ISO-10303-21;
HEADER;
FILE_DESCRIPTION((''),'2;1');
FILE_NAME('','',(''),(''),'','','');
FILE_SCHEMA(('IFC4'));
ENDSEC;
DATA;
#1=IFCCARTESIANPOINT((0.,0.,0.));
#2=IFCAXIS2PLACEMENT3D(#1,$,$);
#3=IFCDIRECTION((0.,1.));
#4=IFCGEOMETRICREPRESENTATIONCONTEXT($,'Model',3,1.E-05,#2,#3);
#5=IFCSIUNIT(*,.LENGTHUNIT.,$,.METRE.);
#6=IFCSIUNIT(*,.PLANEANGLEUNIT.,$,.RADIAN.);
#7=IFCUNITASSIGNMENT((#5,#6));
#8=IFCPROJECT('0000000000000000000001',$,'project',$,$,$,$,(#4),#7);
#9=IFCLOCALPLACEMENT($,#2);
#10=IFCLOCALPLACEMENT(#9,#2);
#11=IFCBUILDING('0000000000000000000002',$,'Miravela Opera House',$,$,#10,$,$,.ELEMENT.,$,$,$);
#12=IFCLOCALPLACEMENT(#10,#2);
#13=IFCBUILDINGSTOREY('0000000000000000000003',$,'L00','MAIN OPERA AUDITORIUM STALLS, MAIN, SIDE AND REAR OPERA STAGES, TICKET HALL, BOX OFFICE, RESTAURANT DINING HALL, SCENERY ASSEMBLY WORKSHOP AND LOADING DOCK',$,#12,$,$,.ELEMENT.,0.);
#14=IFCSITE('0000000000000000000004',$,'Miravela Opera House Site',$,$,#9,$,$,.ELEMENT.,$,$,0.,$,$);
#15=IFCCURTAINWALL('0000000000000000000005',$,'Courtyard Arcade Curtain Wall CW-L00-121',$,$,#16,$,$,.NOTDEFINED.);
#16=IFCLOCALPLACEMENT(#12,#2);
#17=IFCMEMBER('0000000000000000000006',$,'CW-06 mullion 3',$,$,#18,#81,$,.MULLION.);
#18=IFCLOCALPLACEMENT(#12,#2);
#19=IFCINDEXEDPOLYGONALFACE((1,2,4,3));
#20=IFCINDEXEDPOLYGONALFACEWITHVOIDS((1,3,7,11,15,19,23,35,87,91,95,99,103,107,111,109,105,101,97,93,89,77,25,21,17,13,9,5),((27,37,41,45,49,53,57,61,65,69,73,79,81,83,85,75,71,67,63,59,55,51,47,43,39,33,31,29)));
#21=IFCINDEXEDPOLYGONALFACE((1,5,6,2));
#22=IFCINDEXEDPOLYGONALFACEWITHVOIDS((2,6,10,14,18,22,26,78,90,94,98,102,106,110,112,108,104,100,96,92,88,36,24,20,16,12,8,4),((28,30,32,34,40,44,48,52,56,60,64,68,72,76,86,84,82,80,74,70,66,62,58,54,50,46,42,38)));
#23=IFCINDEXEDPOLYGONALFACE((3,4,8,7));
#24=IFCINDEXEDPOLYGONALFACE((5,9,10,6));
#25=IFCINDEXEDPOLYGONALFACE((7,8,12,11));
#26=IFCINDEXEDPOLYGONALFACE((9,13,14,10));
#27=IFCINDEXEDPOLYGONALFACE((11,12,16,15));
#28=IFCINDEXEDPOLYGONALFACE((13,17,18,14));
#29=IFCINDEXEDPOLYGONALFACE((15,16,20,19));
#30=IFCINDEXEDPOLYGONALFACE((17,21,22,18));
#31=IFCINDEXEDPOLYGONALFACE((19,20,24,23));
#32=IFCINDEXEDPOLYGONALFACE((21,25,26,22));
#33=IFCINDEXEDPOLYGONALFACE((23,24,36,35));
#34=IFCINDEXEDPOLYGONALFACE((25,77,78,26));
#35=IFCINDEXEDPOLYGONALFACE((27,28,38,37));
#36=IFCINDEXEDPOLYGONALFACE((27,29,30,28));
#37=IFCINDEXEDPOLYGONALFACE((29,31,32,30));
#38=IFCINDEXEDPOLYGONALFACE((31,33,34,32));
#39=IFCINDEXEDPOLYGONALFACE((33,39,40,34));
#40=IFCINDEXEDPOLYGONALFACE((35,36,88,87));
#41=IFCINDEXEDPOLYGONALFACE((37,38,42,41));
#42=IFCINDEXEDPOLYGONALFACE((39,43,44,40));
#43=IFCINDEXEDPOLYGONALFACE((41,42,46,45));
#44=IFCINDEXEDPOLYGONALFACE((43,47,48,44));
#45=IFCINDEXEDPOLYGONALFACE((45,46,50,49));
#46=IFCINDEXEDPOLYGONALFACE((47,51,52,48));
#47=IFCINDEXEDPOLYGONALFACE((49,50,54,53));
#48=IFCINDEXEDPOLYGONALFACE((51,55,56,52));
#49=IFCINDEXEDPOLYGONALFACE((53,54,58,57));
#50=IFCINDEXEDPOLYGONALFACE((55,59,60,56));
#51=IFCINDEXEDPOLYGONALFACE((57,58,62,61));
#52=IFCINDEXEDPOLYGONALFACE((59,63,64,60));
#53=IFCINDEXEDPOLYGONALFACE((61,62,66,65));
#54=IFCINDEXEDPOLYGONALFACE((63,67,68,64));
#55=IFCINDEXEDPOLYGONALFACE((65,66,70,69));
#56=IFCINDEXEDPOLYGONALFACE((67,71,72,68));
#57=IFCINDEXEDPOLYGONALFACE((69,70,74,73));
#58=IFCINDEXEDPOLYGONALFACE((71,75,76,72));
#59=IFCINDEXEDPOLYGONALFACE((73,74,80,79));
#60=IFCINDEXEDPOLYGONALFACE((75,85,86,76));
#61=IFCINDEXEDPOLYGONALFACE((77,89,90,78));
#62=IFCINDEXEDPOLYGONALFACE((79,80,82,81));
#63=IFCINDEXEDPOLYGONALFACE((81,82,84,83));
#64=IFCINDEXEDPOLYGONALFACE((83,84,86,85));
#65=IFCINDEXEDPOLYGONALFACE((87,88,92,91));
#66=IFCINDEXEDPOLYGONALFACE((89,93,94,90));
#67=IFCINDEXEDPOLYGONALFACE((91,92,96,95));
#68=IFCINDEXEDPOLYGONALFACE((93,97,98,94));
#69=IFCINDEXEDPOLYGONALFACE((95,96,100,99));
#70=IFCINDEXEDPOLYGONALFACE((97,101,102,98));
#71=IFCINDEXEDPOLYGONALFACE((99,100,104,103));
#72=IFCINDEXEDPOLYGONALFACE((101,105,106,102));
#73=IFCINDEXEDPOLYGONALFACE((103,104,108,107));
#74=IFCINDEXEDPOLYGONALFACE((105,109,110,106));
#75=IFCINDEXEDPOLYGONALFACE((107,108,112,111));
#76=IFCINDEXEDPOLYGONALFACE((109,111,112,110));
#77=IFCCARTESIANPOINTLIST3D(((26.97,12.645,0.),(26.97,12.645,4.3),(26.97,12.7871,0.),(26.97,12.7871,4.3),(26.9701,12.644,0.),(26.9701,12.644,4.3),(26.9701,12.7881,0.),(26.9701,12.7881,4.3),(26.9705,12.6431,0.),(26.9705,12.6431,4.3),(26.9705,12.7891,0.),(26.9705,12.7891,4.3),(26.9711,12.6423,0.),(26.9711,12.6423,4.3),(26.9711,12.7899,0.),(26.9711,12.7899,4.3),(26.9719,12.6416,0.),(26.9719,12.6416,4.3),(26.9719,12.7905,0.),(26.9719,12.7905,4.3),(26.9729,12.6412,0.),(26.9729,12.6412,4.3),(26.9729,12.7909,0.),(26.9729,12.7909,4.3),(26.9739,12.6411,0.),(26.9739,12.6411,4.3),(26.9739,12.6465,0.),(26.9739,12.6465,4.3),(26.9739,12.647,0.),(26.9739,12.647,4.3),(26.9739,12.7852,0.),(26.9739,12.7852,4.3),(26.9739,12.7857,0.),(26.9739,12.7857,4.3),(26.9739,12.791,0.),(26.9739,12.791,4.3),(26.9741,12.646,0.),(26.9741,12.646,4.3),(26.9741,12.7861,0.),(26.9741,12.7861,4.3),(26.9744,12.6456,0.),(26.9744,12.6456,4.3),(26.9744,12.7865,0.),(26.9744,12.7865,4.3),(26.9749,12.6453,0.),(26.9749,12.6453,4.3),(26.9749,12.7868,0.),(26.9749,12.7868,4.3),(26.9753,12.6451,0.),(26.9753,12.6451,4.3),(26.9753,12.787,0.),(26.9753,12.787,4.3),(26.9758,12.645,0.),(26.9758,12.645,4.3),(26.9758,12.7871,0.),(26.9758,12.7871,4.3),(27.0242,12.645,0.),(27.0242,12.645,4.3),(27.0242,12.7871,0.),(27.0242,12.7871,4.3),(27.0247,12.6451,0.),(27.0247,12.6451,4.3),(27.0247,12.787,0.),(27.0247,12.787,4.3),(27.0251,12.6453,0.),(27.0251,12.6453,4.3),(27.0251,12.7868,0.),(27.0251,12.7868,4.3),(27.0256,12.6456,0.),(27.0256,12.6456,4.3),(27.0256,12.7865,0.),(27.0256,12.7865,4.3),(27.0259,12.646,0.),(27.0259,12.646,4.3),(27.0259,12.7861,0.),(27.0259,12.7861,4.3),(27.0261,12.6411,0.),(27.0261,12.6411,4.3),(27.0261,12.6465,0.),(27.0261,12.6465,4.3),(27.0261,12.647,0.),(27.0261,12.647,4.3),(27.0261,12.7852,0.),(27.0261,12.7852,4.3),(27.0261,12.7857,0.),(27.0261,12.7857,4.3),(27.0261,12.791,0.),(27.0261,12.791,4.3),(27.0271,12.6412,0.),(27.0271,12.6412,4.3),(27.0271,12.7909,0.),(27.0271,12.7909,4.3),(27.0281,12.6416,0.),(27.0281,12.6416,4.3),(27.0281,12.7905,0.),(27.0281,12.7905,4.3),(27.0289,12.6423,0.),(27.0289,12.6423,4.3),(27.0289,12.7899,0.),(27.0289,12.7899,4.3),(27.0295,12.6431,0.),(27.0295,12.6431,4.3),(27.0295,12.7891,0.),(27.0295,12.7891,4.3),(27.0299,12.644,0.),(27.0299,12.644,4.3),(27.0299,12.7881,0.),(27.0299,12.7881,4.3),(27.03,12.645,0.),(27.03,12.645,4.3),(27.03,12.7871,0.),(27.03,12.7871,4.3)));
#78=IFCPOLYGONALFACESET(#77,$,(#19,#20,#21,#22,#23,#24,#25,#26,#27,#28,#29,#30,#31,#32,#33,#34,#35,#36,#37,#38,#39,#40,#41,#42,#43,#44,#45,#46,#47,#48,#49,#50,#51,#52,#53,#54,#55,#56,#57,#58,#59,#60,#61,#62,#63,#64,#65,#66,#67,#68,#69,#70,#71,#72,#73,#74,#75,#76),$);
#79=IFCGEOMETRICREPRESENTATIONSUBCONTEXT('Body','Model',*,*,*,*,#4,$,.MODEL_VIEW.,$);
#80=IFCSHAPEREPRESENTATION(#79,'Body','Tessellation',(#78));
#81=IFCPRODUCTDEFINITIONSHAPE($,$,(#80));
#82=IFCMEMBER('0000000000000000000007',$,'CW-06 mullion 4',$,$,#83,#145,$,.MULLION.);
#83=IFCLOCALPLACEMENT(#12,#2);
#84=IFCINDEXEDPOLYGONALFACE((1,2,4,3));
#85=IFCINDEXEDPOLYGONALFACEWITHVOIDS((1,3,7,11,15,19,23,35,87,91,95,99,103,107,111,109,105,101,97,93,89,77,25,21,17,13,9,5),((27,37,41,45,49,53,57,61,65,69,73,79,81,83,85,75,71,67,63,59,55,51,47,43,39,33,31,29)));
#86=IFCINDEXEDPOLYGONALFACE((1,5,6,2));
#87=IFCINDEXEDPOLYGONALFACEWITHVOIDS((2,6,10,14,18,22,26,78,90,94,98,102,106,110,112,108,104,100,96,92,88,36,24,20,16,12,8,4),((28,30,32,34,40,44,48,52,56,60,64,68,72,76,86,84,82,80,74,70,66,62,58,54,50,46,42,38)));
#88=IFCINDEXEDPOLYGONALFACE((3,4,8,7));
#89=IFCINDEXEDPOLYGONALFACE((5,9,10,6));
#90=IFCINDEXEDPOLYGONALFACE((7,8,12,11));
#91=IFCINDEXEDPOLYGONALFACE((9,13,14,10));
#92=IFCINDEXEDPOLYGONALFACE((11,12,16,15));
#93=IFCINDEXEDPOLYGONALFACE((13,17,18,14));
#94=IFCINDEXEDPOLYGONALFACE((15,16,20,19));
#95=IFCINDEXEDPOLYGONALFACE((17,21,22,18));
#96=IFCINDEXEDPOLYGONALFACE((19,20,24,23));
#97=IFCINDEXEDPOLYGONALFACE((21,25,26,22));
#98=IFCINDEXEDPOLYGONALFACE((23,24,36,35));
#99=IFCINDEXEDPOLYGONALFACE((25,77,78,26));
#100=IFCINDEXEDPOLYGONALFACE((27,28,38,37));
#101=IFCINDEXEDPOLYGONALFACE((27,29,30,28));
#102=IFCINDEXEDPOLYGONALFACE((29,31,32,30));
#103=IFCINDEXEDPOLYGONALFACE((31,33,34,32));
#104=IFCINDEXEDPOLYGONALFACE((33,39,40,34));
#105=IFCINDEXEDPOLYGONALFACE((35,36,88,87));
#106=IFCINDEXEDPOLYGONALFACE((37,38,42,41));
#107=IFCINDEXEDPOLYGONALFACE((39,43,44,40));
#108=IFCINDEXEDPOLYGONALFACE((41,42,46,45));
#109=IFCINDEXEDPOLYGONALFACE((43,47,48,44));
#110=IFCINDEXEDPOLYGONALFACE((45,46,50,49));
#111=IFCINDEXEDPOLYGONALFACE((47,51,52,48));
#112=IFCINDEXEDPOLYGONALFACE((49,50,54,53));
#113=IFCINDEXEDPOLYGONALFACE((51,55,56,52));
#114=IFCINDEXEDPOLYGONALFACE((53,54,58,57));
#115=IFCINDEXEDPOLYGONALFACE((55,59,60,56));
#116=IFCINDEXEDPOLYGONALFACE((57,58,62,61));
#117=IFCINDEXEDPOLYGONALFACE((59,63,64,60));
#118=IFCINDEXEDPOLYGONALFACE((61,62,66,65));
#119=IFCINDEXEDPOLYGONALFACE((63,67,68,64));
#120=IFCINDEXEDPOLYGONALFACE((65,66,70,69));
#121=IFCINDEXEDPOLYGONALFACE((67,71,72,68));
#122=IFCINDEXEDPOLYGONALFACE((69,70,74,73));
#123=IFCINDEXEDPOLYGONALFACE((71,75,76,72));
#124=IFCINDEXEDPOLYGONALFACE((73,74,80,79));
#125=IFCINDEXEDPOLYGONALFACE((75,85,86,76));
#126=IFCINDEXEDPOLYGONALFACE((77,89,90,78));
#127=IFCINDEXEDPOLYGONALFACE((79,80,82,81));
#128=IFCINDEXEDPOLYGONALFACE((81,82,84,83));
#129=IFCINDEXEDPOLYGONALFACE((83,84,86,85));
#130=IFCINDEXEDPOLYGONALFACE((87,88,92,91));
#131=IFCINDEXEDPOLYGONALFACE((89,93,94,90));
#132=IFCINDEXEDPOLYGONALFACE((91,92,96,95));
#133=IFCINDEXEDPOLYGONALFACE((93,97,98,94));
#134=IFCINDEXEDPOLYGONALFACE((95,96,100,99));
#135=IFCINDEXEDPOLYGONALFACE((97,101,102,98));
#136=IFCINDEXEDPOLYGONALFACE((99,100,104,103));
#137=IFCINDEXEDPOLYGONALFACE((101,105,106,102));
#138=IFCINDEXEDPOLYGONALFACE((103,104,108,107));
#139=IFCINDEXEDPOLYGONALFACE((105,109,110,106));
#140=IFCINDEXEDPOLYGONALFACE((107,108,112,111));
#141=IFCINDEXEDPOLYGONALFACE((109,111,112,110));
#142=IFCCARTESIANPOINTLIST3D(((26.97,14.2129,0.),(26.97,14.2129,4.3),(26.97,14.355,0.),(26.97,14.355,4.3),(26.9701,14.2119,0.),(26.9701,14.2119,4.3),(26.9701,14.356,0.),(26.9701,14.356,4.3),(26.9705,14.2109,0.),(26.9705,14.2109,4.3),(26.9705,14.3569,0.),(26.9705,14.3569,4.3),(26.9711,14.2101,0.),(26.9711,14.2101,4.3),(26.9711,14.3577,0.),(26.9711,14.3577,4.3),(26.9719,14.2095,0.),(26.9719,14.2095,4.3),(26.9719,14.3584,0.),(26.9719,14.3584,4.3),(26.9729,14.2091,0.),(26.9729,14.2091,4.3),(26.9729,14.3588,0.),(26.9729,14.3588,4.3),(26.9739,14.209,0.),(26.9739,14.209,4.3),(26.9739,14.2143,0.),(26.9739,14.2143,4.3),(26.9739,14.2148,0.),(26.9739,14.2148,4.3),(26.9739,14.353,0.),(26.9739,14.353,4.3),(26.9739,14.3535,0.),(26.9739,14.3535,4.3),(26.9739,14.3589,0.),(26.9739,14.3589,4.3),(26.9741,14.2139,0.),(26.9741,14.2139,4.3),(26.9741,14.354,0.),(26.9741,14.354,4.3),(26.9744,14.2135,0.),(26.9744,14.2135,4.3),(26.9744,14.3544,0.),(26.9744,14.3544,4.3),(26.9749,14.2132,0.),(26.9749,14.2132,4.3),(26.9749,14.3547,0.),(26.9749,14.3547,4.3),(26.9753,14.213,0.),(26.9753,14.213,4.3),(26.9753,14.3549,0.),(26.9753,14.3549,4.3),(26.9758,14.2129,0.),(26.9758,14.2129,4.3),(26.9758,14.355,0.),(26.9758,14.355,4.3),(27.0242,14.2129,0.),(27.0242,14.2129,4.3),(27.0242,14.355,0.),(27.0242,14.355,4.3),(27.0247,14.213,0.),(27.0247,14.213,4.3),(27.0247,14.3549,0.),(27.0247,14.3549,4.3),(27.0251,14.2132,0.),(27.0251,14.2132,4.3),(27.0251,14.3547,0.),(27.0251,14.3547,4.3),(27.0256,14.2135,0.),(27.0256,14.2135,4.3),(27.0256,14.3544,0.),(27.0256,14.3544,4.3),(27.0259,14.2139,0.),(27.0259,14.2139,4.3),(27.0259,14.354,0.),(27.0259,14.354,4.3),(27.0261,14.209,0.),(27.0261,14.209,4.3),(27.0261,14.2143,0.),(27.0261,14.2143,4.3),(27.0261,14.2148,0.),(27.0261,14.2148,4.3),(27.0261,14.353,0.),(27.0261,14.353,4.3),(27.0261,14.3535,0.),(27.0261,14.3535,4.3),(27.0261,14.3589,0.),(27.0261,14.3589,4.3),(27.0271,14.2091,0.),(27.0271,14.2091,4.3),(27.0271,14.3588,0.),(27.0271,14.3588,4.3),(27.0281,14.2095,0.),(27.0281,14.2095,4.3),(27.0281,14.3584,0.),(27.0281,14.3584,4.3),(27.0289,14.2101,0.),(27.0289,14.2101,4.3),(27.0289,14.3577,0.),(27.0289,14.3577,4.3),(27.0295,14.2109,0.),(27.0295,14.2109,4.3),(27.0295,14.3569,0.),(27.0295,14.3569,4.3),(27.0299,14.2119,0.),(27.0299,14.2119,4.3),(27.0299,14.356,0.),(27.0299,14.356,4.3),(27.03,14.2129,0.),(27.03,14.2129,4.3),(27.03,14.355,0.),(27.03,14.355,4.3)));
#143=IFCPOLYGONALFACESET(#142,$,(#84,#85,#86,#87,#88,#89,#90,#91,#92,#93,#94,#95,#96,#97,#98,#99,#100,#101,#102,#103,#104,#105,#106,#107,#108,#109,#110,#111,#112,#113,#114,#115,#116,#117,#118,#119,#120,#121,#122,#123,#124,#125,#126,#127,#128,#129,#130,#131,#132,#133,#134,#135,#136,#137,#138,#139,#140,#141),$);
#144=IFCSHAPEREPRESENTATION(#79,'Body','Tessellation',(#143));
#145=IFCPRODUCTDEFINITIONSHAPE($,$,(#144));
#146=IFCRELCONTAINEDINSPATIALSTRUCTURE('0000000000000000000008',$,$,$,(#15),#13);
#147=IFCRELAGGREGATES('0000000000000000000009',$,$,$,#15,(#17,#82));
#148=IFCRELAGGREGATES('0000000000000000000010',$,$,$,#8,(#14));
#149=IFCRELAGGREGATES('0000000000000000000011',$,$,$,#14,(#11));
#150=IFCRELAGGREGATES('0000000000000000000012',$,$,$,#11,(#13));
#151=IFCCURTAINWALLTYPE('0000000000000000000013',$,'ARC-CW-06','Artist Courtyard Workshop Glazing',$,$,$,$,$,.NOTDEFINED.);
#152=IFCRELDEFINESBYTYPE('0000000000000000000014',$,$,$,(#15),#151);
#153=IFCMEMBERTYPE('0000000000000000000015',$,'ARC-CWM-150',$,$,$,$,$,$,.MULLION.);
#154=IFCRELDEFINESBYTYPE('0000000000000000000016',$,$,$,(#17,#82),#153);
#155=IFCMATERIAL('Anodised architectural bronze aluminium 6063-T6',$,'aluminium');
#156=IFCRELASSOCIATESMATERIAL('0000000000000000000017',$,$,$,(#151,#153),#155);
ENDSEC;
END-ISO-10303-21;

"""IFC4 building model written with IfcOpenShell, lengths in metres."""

from ifc_helpers import new_model, si_unit, direction, frame, origin, origin_2d, place, context, subcontext, project, spatial, hollow_rectangle, extrude, material, material_profile, profile_set, type_object, element, aggregate, save


model = new_model("IFC4")

# Units and contexts
model_context = context("Model", 3, precision=1e-05, world=origin(), true_north=direction((0.0, 1.0)))
body_context = subcontext(model_context, "Body", "Model", "MODEL_VIEW")
ifc_project = project(units=[si_unit("LENGTHUNIT", "METRE"), si_unit("PLANEANGLEUNIT", "RADIAN")], contexts=[model_context])

# Site, building, storey
site_placement = place(None, origin())
site = spatial("IfcSite", under=ifc_project, at=site_placement, Name="Miravela Opera House Site", CompositionType="ELEMENT", RefElevation=0.0)
building_placement = place(site_placement, origin())
building = spatial("IfcBuilding", under=site, at=building_placement, Name="Miravela Opera House", CompositionType="ELEMENT")
storey_placement = place(building_placement, origin())
storey = spatial("IfcBuildingStorey", under=building, at=storey_placement, Name="L00", Description="MAIN OPERA AUDITORIUM STALLS, MAIN, SIDE AND REAR OPERA STAGES, TICKET HALL, BOX OFFICE, RESTAURANT DINING HALL, SCENERY ASSEMBLY WORKSHOP AND LOADING DOCK", CompositionType="ELEMENT", Elevation=0.0)

# Curtain wall, members
ifc_material_1 = material(Name="Anodised architectural bronze aluminium 6063-T6", Category="aluminium")
curtain_wall_type = type_object("IfcCurtainWallType", Name="ARC-CW-06", Description="Artist Courtyard Workshop Glazing", PredefinedType="NOTDEFINED", material=ifc_material_1)
curtain_wall_placement = place(storey_placement, origin())
curtain_wall = element("IfcCurtainWall", 1, at=curtain_wall_placement, inside=storey, type_object=curtain_wall_type, Name="Courtyard Arcade Curtain Wall CW-L00-121", PredefinedType="NOTDEFINED")
ifc_material_profile_1 = material_profile(ifc_material_1, hollow_rectangle(XDim=0.0601, YDim=0.1499, WallThickness=0.0039, InnerFilletRadius=0.002, OuterFilletRadius=0.0039, at=origin_2d()), Name="CWM-60X150")
ifc_profile_set_1 = profile_set([ifc_material_profile_1])
member_type_1 = type_object("IfcMemberType", Name="ARC-CWM-150", PredefinedType="MULLION", material=ifc_profile_set_1)
member_1_placement = place(storey_placement, frame((27.0, 12.7161, 0.0), z_axis=(0.0, 0.0, 1.0), x_axis=(-1.0, 0.0, 0.0)))
member_1 = element("IfcMember", 2, at=member_1_placement, type_object=member_type_1, Name="CW-06 mullion 3", PredefinedType="MULLION", context=body_context, shape_type="SweptSolid", body=[
    extrude(hollow_rectangle(XDim=0.0601, YDim=0.1499, WallThickness=0.0039, InnerFilletRadius=0.002, OuterFilletRadius=0.0039, at=origin_2d()), origin(), (0.0, 0.0, 1.0), 4.3),
])
member_2_placement = place(storey_placement, frame((27.0, 14.2839, 0.0), z_axis=(0.0, 0.0, 1.0), x_axis=(-1.0, 0.0, 0.0)))
member_2 = element("IfcMember", 3, at=member_2_placement, type_object=member_type_1, Name="CW-06 mullion 4", PredefinedType="MULLION", context=body_context, shape_type="SweptSolid", body=[
    extrude(hollow_rectangle(XDim=0.0601, YDim=0.1499, WallThickness=0.0039, InnerFilletRadius=0.002, OuterFilletRadius=0.0039, at=origin_2d()), origin(), (0.0, 0.0, 1.0), 4.3),
])

aggregate(curtain_wall, [member_1, member_2])

save(model, "model.ifc")
